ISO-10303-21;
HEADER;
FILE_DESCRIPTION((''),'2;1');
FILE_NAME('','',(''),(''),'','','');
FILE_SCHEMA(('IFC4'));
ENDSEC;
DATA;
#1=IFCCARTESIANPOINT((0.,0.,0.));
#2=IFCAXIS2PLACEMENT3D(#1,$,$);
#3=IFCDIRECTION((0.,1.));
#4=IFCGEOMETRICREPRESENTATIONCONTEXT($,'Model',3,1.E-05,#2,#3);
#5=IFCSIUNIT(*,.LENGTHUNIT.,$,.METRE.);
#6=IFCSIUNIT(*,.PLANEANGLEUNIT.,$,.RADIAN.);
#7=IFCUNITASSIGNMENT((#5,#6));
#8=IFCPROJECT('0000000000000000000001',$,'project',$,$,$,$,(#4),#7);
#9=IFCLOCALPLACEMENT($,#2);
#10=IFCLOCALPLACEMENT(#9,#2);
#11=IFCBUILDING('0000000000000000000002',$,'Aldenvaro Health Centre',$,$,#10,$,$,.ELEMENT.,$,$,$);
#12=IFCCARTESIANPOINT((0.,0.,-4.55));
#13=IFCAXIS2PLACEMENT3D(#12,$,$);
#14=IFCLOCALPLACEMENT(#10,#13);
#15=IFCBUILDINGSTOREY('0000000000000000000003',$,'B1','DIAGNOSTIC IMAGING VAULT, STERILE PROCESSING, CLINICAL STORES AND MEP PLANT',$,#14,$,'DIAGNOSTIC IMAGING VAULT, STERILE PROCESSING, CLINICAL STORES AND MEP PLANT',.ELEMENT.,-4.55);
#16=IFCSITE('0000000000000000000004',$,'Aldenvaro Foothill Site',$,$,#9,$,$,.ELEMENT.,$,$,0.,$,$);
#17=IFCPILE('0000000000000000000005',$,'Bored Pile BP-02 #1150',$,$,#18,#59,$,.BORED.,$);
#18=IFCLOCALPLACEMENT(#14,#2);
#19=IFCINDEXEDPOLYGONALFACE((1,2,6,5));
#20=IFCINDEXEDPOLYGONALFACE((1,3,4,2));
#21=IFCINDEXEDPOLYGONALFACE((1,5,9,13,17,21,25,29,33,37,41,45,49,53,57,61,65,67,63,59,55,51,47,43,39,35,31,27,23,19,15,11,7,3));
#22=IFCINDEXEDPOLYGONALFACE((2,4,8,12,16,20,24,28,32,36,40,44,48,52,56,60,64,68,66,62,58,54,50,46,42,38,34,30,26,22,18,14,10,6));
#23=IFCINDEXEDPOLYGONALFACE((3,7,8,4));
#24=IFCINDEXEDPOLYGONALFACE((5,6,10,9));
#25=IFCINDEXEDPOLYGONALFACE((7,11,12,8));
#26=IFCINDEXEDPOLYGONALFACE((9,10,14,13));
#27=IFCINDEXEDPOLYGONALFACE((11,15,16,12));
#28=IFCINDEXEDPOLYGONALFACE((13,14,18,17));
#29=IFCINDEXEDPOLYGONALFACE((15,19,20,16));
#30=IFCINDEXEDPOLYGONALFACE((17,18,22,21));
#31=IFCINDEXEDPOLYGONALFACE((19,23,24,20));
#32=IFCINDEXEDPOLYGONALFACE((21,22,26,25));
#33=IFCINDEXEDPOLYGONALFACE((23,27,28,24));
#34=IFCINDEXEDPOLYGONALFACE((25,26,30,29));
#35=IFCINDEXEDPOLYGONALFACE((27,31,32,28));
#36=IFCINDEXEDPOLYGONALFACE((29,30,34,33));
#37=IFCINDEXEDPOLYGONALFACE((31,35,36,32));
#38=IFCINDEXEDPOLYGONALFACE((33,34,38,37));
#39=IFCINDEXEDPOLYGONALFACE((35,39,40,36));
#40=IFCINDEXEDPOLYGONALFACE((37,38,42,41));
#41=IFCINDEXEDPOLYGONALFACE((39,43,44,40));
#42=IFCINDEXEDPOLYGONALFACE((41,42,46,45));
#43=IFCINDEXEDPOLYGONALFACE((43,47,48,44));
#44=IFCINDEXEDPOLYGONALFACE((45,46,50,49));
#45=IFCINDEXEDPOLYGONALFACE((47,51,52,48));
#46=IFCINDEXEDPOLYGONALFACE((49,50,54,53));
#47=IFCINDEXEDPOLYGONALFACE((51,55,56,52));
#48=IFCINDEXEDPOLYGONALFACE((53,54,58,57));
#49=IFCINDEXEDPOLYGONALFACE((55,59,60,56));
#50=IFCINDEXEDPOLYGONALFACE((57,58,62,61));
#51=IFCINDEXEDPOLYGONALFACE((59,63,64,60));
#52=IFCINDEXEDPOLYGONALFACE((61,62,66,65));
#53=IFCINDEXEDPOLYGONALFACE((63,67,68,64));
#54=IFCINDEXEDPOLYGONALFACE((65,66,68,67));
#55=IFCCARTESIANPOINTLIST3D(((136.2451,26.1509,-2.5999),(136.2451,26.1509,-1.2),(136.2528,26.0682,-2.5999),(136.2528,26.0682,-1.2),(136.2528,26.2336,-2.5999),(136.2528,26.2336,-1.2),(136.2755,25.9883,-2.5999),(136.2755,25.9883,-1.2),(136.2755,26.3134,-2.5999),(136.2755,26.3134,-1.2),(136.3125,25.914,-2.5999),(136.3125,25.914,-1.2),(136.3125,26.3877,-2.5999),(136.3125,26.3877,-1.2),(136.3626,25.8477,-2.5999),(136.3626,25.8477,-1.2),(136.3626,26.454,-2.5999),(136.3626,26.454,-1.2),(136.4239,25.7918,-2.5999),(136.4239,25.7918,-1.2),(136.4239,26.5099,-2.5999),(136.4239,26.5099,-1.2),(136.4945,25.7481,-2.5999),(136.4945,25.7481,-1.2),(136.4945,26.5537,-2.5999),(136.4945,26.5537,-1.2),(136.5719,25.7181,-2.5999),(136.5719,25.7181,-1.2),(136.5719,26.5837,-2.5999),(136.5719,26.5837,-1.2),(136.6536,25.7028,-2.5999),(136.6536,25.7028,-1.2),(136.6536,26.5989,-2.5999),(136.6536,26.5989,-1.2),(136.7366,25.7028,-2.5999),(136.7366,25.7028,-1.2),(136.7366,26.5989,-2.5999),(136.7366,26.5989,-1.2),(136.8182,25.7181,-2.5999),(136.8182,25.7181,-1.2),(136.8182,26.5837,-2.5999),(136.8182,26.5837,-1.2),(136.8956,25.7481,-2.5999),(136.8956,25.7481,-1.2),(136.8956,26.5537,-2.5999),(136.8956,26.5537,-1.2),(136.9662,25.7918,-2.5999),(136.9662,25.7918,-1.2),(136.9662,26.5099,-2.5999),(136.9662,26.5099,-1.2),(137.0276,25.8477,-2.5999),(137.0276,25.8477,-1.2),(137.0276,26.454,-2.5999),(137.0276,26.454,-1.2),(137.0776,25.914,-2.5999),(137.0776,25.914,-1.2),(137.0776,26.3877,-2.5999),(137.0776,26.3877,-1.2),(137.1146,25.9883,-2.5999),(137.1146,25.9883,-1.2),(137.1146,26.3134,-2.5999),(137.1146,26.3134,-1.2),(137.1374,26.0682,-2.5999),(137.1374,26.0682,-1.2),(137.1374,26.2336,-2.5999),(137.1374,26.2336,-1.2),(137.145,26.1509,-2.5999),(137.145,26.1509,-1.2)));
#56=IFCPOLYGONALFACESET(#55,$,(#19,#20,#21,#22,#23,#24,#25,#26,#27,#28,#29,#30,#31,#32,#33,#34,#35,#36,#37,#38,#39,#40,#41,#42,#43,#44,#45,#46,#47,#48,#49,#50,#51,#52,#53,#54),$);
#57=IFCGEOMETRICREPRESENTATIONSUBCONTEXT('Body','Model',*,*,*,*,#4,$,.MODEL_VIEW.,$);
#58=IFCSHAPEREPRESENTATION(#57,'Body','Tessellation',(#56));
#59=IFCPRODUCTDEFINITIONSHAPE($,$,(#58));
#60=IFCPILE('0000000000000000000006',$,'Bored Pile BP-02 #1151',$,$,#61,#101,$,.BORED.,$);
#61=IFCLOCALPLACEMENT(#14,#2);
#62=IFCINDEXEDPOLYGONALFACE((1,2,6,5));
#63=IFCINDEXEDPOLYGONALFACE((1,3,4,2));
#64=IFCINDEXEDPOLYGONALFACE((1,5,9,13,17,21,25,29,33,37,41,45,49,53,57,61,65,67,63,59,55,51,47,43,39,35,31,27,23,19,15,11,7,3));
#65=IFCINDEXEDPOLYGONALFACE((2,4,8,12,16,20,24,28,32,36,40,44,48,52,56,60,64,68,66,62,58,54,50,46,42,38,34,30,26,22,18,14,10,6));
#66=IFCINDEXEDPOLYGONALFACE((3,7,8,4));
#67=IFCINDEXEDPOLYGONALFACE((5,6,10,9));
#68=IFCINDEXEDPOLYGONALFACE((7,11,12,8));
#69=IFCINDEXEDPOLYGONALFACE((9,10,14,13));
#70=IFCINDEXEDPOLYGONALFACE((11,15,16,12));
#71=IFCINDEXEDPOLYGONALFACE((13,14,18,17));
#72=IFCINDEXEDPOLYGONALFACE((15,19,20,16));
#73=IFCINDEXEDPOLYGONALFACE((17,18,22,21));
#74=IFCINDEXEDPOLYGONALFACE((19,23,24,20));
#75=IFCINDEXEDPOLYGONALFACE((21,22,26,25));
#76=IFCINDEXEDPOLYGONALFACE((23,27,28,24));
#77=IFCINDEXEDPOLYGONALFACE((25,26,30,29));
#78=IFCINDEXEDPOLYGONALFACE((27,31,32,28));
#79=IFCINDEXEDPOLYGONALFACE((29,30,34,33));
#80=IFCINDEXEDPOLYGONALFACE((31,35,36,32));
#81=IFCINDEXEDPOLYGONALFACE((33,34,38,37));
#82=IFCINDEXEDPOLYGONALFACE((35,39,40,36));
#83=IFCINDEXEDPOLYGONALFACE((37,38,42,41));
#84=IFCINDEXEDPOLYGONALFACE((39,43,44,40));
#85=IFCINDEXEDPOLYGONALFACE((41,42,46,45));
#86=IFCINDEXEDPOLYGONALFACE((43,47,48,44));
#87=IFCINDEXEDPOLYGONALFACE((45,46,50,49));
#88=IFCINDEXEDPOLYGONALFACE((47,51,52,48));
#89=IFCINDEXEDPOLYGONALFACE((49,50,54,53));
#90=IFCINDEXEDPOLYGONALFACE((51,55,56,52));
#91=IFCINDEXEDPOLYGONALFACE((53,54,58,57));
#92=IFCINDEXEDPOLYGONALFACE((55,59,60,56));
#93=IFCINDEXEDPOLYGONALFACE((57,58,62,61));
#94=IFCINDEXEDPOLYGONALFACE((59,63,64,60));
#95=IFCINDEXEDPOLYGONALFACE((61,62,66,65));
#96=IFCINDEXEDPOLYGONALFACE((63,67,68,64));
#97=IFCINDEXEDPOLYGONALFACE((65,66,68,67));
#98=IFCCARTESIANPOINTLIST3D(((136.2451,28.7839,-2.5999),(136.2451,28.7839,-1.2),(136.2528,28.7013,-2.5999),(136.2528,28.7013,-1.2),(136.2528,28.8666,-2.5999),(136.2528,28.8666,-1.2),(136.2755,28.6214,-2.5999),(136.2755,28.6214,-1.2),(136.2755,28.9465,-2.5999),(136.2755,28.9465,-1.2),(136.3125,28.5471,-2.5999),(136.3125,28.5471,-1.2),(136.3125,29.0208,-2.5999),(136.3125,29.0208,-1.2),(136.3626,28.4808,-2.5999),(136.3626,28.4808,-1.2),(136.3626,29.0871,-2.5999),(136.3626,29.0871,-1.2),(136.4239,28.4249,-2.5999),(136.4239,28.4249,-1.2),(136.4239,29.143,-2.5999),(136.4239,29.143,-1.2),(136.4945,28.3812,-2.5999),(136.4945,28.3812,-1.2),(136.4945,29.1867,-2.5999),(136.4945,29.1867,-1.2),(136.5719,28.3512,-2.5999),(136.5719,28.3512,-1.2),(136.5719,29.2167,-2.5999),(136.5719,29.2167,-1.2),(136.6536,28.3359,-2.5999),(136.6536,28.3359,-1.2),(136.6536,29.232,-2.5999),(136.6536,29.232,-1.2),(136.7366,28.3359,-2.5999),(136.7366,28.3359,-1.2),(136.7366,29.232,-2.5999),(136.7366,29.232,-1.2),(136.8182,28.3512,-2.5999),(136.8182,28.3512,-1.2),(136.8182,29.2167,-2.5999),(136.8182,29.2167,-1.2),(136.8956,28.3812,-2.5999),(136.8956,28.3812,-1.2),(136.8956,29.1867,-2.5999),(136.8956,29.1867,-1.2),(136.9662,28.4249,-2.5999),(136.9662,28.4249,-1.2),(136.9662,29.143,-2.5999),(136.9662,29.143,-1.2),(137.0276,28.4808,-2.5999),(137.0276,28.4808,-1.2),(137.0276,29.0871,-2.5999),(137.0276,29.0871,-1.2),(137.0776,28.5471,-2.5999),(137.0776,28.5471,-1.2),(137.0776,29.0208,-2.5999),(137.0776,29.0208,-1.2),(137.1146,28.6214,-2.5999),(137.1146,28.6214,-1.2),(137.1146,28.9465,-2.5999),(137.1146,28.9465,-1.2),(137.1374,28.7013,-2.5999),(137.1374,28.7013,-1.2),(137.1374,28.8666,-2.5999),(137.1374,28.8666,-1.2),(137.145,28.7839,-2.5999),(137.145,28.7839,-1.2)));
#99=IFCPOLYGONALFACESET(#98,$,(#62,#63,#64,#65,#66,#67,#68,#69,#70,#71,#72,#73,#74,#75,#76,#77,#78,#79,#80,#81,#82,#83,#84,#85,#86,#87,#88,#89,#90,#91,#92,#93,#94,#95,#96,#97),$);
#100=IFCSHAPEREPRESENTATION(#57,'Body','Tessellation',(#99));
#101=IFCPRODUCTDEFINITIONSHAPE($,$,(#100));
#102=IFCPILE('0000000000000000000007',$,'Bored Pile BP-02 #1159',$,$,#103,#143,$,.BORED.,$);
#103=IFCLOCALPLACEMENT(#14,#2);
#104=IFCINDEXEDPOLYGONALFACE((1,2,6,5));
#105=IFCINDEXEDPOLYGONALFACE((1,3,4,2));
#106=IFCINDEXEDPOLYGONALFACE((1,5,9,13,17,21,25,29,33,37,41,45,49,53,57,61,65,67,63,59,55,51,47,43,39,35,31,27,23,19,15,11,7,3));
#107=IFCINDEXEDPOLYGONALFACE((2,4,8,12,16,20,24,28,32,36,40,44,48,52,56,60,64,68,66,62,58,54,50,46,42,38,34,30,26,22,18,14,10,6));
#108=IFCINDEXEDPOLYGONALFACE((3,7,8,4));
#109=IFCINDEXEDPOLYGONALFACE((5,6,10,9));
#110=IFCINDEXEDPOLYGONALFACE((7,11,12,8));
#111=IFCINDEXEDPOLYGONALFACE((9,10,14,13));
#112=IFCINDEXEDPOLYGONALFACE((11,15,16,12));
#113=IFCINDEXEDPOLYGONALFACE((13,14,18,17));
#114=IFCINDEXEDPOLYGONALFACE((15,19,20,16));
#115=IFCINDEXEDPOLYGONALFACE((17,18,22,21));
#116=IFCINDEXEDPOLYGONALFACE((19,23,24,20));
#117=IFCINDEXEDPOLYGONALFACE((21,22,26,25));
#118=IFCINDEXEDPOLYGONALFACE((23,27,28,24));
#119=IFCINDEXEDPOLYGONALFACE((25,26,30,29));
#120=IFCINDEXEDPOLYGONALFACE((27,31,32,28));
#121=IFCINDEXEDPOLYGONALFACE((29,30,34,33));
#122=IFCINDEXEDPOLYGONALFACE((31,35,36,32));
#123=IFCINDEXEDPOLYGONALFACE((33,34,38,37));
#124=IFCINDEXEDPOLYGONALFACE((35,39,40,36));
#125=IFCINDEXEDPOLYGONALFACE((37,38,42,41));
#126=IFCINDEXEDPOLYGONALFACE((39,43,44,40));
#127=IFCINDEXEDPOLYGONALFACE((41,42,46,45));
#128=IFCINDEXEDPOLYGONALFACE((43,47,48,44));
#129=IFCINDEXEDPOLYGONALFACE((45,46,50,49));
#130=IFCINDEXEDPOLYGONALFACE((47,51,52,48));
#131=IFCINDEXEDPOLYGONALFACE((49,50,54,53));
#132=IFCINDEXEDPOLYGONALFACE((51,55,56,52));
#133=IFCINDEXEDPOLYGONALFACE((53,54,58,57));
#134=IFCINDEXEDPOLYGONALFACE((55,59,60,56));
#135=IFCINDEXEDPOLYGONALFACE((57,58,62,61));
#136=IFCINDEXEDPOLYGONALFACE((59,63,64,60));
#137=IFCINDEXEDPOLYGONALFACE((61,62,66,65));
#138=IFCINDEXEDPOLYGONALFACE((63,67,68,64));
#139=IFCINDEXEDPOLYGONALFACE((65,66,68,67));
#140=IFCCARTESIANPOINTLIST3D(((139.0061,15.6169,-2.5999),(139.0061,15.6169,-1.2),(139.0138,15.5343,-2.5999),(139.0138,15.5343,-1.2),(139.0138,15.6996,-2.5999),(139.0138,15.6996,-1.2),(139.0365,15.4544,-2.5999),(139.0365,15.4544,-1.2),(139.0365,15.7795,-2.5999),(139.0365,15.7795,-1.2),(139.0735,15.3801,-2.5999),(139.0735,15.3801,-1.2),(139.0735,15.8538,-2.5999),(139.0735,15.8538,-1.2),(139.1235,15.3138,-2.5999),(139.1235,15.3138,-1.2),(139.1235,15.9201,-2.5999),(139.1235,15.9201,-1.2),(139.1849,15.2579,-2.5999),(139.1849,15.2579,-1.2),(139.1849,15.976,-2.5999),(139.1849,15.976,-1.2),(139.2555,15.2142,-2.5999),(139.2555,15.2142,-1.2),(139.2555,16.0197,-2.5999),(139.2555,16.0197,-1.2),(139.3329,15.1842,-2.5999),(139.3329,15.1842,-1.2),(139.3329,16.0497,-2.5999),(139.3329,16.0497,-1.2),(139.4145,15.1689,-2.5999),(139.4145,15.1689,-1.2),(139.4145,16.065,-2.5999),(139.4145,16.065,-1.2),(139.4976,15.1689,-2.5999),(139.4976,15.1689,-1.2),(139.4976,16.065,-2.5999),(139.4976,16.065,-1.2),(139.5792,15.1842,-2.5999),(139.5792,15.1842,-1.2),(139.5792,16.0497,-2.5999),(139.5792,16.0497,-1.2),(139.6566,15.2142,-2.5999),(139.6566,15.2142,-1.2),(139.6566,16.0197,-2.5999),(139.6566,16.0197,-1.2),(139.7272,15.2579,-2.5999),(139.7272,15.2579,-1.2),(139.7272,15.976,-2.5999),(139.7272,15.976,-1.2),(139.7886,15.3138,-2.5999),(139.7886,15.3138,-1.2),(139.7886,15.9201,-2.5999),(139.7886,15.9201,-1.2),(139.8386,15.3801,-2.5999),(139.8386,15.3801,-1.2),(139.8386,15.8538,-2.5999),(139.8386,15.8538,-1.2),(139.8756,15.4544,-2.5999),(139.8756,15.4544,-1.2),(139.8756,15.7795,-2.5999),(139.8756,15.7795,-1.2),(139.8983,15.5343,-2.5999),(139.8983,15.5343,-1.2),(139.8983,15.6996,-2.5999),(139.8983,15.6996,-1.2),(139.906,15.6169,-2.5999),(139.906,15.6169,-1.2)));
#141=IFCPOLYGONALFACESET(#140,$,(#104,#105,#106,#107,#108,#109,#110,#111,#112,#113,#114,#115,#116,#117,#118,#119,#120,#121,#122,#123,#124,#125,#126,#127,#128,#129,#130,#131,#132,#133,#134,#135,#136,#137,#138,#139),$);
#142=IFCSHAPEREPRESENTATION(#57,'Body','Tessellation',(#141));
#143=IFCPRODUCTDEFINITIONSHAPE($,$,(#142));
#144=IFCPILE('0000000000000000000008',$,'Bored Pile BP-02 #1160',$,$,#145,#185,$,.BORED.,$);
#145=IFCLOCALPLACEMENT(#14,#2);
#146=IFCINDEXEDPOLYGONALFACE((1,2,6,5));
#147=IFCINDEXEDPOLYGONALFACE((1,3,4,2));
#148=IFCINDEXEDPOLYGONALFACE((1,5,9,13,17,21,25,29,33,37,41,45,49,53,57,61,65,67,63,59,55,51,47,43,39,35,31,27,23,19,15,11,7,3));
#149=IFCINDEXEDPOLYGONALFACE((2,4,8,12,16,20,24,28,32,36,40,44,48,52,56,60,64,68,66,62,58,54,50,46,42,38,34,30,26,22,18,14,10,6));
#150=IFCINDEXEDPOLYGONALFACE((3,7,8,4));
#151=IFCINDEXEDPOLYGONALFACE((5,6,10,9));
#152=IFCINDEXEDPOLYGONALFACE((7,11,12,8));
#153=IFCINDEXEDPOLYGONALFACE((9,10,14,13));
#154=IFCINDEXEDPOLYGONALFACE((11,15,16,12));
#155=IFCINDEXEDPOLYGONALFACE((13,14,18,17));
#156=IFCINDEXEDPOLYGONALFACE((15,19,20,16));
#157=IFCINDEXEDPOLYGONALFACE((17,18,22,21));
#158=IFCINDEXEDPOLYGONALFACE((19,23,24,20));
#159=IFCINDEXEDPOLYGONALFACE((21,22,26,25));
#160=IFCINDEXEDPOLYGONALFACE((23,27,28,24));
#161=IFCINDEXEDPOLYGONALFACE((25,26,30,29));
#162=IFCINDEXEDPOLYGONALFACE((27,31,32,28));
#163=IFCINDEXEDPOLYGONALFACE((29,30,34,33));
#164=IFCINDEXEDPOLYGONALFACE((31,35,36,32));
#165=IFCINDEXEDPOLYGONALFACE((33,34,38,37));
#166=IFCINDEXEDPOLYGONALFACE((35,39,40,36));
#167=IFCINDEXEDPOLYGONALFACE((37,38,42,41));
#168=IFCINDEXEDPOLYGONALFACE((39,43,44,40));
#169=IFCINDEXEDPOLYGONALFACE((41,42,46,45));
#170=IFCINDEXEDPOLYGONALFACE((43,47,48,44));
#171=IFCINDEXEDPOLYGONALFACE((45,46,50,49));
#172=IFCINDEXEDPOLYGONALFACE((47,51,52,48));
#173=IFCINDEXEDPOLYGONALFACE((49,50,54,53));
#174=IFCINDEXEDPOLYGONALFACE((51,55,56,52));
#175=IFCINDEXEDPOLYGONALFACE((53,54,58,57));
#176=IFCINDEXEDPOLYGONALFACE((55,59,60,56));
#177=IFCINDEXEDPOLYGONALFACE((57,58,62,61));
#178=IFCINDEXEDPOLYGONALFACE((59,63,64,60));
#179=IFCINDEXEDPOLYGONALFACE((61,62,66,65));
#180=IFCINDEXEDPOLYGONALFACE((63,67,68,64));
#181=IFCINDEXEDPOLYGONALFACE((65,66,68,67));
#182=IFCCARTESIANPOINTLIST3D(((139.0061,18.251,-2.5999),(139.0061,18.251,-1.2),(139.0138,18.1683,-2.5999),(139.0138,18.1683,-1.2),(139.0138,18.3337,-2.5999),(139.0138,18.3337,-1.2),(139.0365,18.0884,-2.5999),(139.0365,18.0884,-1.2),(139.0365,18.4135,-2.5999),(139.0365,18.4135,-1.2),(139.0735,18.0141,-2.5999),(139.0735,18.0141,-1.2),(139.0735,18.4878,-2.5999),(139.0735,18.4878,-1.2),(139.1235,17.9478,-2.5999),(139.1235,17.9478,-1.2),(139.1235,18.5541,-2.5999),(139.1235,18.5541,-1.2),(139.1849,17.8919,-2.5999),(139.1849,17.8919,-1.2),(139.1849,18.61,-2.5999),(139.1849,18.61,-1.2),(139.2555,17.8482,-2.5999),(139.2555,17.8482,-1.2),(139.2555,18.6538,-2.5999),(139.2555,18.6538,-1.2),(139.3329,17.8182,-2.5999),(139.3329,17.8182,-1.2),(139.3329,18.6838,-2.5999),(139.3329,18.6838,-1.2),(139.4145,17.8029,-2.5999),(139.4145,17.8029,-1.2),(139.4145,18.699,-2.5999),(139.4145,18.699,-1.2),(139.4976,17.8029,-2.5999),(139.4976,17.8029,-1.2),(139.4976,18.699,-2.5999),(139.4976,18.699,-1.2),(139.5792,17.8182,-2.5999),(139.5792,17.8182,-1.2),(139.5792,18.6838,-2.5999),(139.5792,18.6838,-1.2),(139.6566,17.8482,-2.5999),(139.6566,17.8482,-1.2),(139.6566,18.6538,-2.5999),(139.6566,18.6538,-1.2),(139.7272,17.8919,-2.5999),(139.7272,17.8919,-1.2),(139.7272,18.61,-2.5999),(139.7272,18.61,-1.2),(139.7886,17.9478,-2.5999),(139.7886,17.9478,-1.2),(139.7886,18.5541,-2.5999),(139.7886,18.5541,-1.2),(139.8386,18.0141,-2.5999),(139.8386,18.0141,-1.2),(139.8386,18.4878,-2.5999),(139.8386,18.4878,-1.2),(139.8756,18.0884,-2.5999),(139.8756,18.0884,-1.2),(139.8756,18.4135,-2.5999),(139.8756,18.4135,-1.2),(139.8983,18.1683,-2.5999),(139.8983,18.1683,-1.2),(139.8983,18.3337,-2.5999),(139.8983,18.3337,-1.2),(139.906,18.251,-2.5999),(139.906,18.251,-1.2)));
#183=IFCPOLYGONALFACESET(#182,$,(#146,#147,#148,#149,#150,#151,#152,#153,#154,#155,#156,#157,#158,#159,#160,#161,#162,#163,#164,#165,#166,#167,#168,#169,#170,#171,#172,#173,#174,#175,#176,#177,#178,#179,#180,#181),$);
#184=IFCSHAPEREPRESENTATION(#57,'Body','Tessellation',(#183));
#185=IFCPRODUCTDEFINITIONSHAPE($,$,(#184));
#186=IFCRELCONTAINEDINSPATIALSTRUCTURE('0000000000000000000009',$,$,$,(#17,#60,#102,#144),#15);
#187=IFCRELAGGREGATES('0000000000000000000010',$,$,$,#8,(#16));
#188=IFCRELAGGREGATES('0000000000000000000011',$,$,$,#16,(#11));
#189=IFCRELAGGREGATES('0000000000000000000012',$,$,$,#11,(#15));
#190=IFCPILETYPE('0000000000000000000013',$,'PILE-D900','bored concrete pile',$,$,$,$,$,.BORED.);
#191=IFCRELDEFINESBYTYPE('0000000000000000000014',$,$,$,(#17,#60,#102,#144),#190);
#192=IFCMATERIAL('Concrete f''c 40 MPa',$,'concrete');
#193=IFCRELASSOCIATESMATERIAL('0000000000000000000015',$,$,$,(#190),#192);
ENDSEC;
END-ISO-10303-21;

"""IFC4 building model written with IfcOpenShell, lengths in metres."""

from ifc_helpers import new_model, si_unit, direction, frame, origin, origin_2d, place, context, subcontext, project, spatial, circle, extrude, material, material_profile, profile_set, type_object, element, save


model = new_model("IFC4")

# Units and contexts
model_context = context("Model", 3, precision=1e-05, world=origin(), true_north=direction((0.0, 1.0)))
body_context = subcontext(model_context, "Body", "Model", "MODEL_VIEW")
ifc_project = project(units=[si_unit("LENGTHUNIT", "METRE"), si_unit("PLANEANGLEUNIT", "RADIAN")], contexts=[model_context])

# Site, building, storey
site_placement = place(None, origin())
site = spatial("IfcSite", under=ifc_project, at=site_placement, Name="Aldenvaro Foothill Site", CompositionType="ELEMENT", RefElevation=0.0)
building_placement = place(site_placement, origin())
building = spatial("IfcBuilding", under=site, at=building_placement, Name="Aldenvaro Health Centre", CompositionType="ELEMENT")
storey_placement = place(building_placement, frame((0.0, 0.0, -4.55)))
storey = spatial("IfcBuildingStorey", under=building, at=storey_placement, Name="B1", Description="DIAGNOSTIC IMAGING VAULT, STERILE PROCESSING, CLINICAL STORES AND MEP PLANT", LongName="DIAGNOSTIC IMAGING VAULT, STERILE PROCESSING, CLINICAL STORES AND MEP PLANT", CompositionType="ELEMENT", Elevation=-4.55)

# Piles
ifc_material_1 = material(Name="Concrete f'c 40 MPa", Category="concrete")
ifc_material_profile_1 = material_profile(ifc_material_1, circle(Radius=0.45, at=origin_2d()), Name="PILE D900", Category="concrete")
ifc_profile_set_1 = profile_set([ifc_material_profile_1], Name="Concrete f'c 40 MPa")
pile_type = type_object("IfcPileType", Name="PILE-D900", Description="bored concrete pile", PredefinedType="BORED", material=ifc_profile_set_1)
for number, where, z_axis, x_axis, name in (
    (1, (136.6951, 26.1509, -1.2), (0.0, 0.0, -1.0), (1.0, 0.0, 0.0), "Bored Pile BP-02 #1150"),
    (2, (136.6951, 28.7839, -1.2), (0.0, 0.0, -1.0), (1.0, 0.0, 0.0), "Bored Pile BP-02 #1151"),
    (3, (139.4561, 15.6169, -1.2), (0.0, 0.0, -1.0), (1.0, 0.0, 0.0), "Bored Pile BP-02 #1159"),
    (4, (139.4561, 18.251, -1.2), (0.0, 0.0, -1.0), (1.0, 0.0, 0.0), "Bored Pile BP-02 #1160"),
):
    element("IfcPile", number, at=place(storey_placement, frame(where, z_axis=z_axis, x_axis=x_axis)), inside=storey, type_object=pile_type, Name=name, PredefinedType="BORED", context=body_context, shape_type="SweptSolid", body=[
        extrude(circle(Radius=0.45, at=origin_2d()), origin(), (0.0, 0.0, 1.0), 1.3999),
    ])

save(model, "model.ifc")
